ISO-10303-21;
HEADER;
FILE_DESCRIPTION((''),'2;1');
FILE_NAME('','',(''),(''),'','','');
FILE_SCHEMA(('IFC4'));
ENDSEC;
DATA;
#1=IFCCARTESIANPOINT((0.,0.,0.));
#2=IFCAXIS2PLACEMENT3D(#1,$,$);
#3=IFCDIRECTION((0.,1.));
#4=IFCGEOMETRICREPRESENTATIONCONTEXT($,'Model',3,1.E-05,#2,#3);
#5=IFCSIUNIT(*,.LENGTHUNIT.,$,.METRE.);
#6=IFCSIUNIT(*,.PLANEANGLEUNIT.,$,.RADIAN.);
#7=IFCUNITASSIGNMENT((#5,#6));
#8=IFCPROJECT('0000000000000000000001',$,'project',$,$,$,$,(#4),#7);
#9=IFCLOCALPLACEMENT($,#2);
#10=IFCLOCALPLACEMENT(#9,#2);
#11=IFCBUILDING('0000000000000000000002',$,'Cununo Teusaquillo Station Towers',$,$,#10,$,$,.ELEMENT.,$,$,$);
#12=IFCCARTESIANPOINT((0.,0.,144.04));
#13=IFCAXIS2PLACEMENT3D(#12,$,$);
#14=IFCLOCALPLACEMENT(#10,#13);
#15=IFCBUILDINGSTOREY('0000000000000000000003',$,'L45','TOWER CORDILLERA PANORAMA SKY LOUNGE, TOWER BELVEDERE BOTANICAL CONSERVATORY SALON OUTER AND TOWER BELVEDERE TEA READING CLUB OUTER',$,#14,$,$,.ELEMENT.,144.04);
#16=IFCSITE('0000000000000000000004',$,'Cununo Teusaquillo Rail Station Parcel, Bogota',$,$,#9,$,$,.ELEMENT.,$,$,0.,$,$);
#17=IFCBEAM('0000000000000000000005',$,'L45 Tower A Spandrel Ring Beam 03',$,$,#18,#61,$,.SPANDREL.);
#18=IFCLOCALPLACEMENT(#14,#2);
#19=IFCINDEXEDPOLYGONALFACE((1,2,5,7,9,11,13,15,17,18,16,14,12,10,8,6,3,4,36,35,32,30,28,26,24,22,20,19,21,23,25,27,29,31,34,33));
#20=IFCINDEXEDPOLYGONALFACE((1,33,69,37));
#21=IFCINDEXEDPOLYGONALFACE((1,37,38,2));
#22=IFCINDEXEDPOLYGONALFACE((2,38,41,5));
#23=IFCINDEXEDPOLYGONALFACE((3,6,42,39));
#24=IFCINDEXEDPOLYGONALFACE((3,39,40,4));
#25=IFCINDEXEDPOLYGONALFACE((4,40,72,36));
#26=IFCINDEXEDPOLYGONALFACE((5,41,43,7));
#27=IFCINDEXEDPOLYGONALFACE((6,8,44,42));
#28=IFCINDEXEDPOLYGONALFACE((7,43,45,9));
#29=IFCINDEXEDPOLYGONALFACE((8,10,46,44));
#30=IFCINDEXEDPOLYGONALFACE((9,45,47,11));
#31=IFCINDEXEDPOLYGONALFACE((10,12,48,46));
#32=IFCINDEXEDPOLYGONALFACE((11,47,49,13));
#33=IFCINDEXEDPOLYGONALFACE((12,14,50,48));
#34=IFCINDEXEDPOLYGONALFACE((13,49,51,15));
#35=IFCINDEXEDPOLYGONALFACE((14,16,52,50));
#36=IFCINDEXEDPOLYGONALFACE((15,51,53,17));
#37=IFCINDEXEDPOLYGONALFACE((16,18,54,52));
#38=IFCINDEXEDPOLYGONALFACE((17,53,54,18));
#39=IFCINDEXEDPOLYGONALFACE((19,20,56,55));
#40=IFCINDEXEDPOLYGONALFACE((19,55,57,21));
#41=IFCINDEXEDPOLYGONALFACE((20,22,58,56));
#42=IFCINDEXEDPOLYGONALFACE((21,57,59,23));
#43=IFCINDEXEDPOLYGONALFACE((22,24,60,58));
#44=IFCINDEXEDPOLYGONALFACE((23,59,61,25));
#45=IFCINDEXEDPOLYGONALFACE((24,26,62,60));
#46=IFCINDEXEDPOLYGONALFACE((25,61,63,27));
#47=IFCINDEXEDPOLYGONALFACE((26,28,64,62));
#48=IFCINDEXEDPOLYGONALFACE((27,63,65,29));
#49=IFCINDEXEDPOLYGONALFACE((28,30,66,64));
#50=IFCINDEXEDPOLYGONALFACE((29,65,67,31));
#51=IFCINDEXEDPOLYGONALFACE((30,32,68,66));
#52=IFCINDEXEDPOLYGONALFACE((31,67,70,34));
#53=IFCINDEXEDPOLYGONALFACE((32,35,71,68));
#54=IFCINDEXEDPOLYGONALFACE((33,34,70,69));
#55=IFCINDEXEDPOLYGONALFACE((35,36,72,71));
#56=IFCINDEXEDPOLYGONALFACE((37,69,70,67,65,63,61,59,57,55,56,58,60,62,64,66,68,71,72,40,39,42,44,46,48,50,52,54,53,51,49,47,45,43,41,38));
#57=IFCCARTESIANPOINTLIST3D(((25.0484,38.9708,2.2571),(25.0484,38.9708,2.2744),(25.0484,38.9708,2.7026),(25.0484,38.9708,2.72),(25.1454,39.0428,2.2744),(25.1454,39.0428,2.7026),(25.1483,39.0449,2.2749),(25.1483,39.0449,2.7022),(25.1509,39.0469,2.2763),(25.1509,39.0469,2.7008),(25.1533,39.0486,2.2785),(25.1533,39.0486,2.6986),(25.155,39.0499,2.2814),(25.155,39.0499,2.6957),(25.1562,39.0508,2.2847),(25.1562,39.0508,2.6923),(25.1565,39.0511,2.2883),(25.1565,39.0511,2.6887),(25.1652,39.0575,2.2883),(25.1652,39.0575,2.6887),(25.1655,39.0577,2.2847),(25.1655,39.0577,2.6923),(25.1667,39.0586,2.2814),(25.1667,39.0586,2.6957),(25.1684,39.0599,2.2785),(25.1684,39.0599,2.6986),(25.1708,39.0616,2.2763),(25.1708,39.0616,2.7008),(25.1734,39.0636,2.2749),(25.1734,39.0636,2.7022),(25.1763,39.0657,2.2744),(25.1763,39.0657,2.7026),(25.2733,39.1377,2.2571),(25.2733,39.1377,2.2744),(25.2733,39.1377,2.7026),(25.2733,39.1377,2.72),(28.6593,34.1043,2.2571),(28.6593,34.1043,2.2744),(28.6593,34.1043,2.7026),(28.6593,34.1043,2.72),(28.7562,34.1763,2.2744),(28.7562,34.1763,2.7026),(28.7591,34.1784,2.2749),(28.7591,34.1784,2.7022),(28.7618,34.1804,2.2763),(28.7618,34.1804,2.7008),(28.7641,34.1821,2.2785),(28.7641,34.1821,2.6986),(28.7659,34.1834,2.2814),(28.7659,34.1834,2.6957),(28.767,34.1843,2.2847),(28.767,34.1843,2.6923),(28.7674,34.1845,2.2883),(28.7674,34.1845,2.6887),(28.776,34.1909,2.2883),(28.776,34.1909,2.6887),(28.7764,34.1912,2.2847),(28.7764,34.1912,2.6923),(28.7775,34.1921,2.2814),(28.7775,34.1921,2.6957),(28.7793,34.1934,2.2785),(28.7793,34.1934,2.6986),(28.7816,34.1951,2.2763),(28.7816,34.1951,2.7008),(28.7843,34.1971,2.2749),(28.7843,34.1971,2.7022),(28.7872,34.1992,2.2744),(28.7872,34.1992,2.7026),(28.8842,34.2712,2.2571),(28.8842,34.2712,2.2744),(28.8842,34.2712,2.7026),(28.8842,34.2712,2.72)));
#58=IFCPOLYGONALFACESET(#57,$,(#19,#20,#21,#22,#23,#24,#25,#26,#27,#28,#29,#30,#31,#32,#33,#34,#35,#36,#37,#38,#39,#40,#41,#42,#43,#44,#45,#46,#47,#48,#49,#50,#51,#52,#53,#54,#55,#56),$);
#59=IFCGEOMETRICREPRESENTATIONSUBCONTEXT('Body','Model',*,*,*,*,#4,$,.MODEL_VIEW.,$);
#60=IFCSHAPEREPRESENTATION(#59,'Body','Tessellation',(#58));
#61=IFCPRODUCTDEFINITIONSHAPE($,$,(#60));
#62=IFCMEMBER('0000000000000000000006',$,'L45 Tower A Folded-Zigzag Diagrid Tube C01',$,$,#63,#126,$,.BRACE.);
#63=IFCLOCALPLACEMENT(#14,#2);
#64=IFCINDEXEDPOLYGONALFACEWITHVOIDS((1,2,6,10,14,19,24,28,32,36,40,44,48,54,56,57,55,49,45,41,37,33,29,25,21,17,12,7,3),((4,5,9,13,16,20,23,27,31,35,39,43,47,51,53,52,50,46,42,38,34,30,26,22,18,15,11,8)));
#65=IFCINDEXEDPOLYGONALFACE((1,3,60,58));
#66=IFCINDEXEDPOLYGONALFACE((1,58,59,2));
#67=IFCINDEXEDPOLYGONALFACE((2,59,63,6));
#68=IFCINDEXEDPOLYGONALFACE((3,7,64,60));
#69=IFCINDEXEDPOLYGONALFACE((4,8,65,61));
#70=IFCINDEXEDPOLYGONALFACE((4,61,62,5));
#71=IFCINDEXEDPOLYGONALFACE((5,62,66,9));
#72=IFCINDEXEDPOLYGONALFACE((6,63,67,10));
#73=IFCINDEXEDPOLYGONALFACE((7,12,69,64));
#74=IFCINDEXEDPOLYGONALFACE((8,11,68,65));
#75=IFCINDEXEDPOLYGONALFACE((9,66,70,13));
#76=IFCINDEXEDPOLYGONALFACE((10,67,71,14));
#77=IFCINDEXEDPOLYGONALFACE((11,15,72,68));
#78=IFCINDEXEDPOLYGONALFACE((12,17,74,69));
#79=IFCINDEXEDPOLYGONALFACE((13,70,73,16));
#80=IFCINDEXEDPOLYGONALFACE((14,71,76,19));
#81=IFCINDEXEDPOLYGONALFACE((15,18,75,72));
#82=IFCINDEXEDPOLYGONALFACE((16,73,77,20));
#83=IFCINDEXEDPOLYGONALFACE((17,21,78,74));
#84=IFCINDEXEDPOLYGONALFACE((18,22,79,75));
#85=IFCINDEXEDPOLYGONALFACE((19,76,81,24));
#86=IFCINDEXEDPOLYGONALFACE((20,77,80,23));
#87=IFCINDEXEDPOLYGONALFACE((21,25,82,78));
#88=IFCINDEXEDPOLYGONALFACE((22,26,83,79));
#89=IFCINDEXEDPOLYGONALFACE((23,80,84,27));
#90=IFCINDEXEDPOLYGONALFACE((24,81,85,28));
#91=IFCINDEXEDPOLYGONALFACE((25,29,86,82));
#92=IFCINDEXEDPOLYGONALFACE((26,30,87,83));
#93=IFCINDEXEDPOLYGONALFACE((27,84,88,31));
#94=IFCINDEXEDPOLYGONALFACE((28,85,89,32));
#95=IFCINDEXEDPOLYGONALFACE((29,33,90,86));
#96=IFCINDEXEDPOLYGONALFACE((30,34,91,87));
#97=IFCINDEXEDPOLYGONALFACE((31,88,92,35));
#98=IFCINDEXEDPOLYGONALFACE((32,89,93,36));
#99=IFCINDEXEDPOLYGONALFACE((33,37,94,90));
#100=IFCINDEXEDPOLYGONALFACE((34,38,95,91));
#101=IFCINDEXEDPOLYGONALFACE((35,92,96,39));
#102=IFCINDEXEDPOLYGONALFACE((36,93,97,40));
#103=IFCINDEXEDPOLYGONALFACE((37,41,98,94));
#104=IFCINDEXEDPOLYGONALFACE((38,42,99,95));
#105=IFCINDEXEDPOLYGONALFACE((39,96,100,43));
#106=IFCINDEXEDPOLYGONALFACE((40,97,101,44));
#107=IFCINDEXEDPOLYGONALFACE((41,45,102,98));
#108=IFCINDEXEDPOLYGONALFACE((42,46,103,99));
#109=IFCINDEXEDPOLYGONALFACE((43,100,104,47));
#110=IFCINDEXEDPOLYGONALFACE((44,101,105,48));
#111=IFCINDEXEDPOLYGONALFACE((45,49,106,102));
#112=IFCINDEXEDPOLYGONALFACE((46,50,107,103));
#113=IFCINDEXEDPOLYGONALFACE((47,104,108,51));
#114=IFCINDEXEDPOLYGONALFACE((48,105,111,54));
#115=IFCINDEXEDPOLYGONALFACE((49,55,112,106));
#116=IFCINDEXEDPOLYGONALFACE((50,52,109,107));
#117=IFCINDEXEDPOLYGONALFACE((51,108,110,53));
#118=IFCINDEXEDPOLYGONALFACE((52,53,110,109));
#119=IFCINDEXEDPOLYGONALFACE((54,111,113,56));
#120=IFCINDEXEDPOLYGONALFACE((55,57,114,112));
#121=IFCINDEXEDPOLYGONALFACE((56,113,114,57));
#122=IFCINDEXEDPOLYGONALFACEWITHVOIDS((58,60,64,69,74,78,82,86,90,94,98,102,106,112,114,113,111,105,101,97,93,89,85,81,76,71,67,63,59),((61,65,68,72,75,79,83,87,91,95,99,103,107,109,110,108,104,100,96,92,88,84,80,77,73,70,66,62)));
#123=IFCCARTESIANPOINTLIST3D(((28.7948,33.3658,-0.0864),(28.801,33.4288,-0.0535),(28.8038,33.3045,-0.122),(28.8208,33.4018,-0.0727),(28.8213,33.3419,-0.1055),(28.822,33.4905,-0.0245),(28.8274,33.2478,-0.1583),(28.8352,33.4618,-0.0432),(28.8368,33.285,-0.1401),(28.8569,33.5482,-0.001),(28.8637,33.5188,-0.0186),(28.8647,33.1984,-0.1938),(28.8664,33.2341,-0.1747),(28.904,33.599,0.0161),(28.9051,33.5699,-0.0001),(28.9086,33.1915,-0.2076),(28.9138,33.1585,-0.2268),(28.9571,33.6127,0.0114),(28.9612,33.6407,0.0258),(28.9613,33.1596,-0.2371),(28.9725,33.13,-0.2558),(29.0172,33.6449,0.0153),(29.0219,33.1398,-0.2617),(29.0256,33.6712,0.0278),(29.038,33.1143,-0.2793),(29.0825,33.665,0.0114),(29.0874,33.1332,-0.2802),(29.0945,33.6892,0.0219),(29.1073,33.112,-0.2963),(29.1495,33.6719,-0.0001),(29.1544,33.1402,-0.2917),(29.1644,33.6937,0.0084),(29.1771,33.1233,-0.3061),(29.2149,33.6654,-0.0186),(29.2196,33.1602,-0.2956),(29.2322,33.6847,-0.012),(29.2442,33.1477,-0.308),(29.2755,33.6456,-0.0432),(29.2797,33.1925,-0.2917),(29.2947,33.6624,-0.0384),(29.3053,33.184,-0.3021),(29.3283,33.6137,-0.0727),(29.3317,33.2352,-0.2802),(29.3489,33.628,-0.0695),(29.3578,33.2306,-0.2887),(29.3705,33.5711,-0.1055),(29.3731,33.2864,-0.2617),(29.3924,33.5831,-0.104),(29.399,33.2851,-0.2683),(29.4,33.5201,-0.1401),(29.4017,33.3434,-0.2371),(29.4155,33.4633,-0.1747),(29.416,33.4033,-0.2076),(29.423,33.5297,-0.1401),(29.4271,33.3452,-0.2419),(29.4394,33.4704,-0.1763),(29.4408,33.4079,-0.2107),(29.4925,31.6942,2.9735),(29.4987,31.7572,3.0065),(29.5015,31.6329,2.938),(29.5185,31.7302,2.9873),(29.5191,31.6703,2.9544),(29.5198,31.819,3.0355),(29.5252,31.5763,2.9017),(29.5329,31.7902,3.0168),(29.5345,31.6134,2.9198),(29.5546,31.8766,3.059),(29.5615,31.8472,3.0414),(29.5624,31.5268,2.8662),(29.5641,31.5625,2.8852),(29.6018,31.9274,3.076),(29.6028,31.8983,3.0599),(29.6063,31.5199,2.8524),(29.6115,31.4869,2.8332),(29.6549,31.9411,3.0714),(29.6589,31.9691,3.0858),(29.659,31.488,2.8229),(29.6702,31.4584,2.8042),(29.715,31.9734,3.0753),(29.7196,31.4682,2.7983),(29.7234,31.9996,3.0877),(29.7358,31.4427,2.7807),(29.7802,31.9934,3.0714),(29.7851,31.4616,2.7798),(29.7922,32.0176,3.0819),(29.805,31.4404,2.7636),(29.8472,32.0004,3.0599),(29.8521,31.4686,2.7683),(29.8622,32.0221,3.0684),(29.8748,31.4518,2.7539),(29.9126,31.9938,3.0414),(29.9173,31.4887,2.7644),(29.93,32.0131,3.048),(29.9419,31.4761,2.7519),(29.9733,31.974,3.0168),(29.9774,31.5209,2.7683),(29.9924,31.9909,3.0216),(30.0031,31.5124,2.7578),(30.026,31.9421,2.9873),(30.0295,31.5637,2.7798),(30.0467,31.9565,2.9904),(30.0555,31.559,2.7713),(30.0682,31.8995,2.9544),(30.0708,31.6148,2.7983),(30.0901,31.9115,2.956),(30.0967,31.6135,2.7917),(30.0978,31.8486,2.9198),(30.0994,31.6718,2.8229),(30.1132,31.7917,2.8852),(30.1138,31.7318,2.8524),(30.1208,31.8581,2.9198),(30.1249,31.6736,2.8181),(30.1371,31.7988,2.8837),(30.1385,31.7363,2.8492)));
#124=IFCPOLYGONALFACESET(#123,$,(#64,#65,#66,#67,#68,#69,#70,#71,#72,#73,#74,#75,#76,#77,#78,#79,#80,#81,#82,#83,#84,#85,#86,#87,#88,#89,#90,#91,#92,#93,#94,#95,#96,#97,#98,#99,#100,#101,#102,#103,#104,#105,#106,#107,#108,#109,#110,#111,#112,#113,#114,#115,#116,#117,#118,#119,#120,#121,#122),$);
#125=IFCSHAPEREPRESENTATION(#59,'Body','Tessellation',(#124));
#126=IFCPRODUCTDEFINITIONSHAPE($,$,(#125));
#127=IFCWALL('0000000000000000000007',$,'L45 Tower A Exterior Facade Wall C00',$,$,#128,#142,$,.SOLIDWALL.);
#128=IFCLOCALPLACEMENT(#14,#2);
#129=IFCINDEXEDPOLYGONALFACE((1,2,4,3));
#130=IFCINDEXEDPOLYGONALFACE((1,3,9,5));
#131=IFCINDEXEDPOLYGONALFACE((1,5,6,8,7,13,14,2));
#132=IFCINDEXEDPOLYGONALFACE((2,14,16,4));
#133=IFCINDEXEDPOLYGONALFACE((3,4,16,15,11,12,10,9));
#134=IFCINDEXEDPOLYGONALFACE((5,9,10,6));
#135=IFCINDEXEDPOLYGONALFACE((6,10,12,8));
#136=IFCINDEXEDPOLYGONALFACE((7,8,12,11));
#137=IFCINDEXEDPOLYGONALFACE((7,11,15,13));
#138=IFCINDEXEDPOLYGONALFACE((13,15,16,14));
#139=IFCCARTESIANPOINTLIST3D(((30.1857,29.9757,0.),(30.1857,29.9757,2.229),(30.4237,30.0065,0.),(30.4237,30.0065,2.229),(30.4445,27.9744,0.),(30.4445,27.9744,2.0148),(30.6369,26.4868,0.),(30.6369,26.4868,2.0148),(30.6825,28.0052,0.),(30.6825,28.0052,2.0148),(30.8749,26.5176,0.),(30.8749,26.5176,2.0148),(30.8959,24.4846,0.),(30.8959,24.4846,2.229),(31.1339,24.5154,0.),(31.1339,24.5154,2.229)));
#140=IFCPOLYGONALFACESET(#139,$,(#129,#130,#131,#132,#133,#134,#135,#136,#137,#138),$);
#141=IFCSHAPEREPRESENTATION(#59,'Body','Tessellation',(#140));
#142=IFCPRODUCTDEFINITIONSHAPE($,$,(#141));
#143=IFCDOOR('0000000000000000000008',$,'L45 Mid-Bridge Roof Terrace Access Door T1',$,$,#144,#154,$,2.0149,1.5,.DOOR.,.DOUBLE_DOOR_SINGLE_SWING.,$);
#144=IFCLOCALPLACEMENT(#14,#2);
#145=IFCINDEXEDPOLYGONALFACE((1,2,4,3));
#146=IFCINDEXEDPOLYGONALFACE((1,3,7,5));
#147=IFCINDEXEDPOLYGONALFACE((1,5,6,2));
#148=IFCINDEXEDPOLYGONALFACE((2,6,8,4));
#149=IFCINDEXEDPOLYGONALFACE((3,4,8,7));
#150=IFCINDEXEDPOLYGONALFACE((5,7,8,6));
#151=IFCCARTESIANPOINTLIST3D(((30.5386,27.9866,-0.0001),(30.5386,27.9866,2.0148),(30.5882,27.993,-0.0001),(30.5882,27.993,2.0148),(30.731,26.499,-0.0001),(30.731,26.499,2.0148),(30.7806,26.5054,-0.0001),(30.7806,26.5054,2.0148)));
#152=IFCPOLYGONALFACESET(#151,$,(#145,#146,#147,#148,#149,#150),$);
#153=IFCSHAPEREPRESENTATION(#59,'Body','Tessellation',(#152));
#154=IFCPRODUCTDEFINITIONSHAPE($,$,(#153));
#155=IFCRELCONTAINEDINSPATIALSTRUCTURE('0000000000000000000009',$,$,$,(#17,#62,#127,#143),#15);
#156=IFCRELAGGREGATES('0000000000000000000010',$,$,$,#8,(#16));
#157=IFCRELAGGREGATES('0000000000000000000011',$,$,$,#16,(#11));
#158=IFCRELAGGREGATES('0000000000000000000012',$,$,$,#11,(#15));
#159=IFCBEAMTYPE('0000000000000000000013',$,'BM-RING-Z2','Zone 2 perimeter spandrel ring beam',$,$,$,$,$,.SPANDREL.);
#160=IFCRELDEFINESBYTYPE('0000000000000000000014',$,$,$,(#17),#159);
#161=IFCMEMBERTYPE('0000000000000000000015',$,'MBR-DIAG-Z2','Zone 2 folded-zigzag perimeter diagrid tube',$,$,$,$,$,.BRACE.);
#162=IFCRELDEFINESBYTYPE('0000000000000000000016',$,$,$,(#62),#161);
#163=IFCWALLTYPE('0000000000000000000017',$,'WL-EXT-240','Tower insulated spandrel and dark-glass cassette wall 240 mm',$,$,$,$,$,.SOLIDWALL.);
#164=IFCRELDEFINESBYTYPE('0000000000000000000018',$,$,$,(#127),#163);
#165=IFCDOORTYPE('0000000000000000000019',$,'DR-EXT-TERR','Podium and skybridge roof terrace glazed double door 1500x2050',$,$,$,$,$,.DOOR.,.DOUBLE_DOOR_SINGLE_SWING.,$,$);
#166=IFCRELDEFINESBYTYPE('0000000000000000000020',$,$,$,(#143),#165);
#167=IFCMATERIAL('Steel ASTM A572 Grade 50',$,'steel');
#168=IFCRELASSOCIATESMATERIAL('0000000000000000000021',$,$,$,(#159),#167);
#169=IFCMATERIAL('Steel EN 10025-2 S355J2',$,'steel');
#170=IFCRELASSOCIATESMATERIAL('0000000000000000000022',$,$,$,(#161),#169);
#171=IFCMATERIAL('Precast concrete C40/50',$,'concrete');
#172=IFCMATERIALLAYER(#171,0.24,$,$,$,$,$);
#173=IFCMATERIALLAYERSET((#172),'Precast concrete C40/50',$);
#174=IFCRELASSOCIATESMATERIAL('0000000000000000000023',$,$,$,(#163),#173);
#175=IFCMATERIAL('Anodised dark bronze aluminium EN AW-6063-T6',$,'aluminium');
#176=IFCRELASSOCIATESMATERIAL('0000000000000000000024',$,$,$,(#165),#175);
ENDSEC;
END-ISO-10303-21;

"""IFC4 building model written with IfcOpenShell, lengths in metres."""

from ifc_helpers import new_model, si_unit, direction, frame, frame_2d, origin, origin_2d, place, context, subcontext, project, spatial, rectangle, hollow_circle, i_section, extrude, source, transform, mapped, material, layer, layer_set, material_profile, profile_set, type_object, element, fill, save


model = new_model("IFC4")

# Units and contexts
model_context = context("Model", 3, precision=1e-05, world=origin(), true_north=direction((0.0, 1.0)))
body_context = subcontext(model_context, "Body", "Model", "MODEL_VIEW")
ifc_project = project(units=[si_unit("LENGTHUNIT", "METRE"), si_unit("PLANEANGLEUNIT", "RADIAN")], contexts=[model_context])

# Site, building, storey
site_placement = place(None, origin())
site = spatial("IfcSite", under=ifc_project, at=site_placement, Name="Cununo Teusaquillo Rail Station Parcel, Bogota", CompositionType="ELEMENT", RefElevation=0.0)
building_placement = place(site_placement, origin())
building = spatial("IfcBuilding", under=site, at=building_placement, Name="Cununo Teusaquillo Station Towers", CompositionType="ELEMENT")
storey_placement = place(building_placement, frame((0.0, 0.0, 144.04)))
storey = spatial("IfcBuildingStorey", under=building, at=storey_placement, Name="L45", Description="TOWER CORDILLERA PANORAMA SKY LOUNGE, TOWER BELVEDERE BOTANICAL CONSERVATORY SALON OUTER AND TOWER BELVEDERE TEA READING CLUB OUTER", CompositionType="ELEMENT", Elevation=144.04)

# Beam
ifc_material_1 = material(Name="Steel ASTM A572 Grade 50", Category="steel")
ifc_material_profile_1 = material_profile(ifc_material_1, i_section(OverallWidth=0.28, OverallDepth=0.4629, WebThickness=0.0107, FlangeThickness=0.0173, FilletRadius=0.0139, at=origin_2d()), Name="W18X76")
ifc_profile_set_1 = profile_set([ifc_material_profile_1], Name="Steel ASTM A572 Grade 50")
beam_type_1 = type_object("IfcBeamType", Name="BM-RING-Z2", Description="Zone 2 perimeter spandrel ring beam", PredefinedType="SPANDREL", material=ifc_profile_set_1)
beam_1_placement = place(storey_placement, frame((28.7717, 34.1877, 2.4885), z_axis=(-0.595873, 0.803079, 0.0), x_axis=(-0.803079, -0.595873, 0.0)))
element("IfcBeam", 1, at=beam_1_placement, inside=storey, type_object=beam_type_1, Name="L45 Tower A Spandrel Ring Beam 03", PredefinedType="SPANDREL", context=body_context, shape_type="SweptSolid", body=[
    extrude(i_section(OverallWidth=0.28, OverallDepth=0.4629, WebThickness=0.0107, FlangeThickness=0.0173, FilletRadius=0.0139, at=origin_2d()), origin(), (0.0, 0.0, 1.0), 6.0598),
])

# Member
ifc_material_2 = material(Name="Steel EN 10025-2 S355J2", Category="steel")
ifc_material_profile_2 = material_profile(ifc_material_2, hollow_circle(Radius=0.3301, WallThickness=0.0249, at=origin_2d()), Name="CHS 660x25")
ifc_profile_set_2 = profile_set([ifc_material_profile_2], Name="Steel EN 10025-2 S355J2")
member_type = type_object("IfcMemberType", Name="MBR-DIAG-Z2", Description="Zone 2 folded-zigzag perimeter diagrid tube", PredefinedType="BRACE", material=ifc_profile_set_2)
member_placement = place(storey_placement, frame((29.1184, 33.4026, -0.1401), z_axis=(0.196219, -0.470087, 0.860533), x_axis=(0.922833, 0.385199, 0.0)))
element("IfcMember", 2, at=member_placement, inside=storey, type_object=member_type, Name="L45 Tower A Folded-Zigzag Diagrid Tube C01", PredefinedType="BRACE", context=body_context, shape_type="SweptSolid", body=[
    extrude(hollow_circle(Radius=0.3301, WallThickness=0.0249, at=origin_2d()), origin(), (0.0, 0.0, 1.0), 3.5559),
])

# Wall, opening, door
ifc_material_3 = material(Name="Precast concrete C40/50", Category="concrete")
ifc_layer_1 = layer(ifc_material_3, 0.24)
ifc_layer_set_1 = layer_set([ifc_layer_1], Name="Precast concrete C40/50")
wall_type_1 = type_object("IfcWallType", Name="WL-EXT-240", Description="Tower insulated spandrel and dark-glass cassette wall 240 mm", PredefinedType="SOLIDWALL", material=ifc_layer_set_1)
wall_1_placement = place(storey_placement, frame((30.3047, 29.9912, 0.0), z_axis=(0.0, 0.0, 1.0), x_axis=(0.128267, -0.99174, 0.0)))
wall_1 = element("IfcWall", 3, at=wall_1_placement, inside=storey, type_object=wall_type_1, Name="L45 Tower A Exterior Facade Wall C00", PredefinedType="SOLIDWALL", context=body_context, shape_type="SweptSolid", body=[
    extrude(rectangle(XDim=5.5369, YDim=0.24, at=frame_2d((2.7686, 0.0))), origin(), (0.0, 0.0, 1.0), 2.229),
])
shared_shape_1 = source(origin(), body_context, "Body", "SweptSolid", [
    extrude(rectangle(XDim=1.5, YDim=2.0149, at=frame_2d((0.75, 1.0073))), frame((0.0, 0.1299, 0.0), z_axis=(0.0, -1.0, 0.0), x_axis=(1.0, 0.0, 0.0)), (0.0, 0.0, 1.0), 0.26),
])
opening_1_placement = place(wall_1_placement, frame((2.0181, 0.0, 0.0)))
opening_1 = element("IfcOpeningElement", 4, at=opening_1_placement, cuts=wall_1, PredefinedType="OPENING", context=body_context, shape_type="MappedRepresentation", body=[
    mapped(shared_shape_1, transform((0.0, 0.0, 0.0), x_axis=(1.0, 0.0, 0.0), y_axis=(0.0, 1.0, 0.0), z_axis=(0.0, 0.0, 1.0), scale=1.0)),
])
ifc_material_4 = material(Name="Anodised dark bronze aluminium EN AW-6063-T6", Category="aluminium")
door_type_1 = type_object("IfcDoorType", Name="DR-EXT-TERR", Description="Podium and skybridge roof terrace glazed double door 1500x2050", OperationType="DOUBLE_DOOR_SINGLE_SWING", PredefinedType="DOOR", material=ifc_material_4)
shared_shape_2 = source(origin(), body_context, "Body", "SweptSolid", [
    extrude(rectangle(XDim=1.5, YDim=2.0149, at=frame_2d((0.75, 1.0073))), frame((0.0, 0.0249, 0.0), z_axis=(0.0, -1.0, 0.0), x_axis=(1.0, 0.0, 0.0)), (0.0, 0.0, 1.0), 0.05),
])
door_1_placement = place(opening_1_placement, origin())
door_1 = element("IfcDoor", 5, at=door_1_placement, inside=storey, type_object=door_type_1, Name="L45 Mid-Bridge Roof Terrace Access Door T1", OperationType="DOUBLE_DOOR_SINGLE_SWING", OverallHeight=2.0149, OverallWidth=1.5, PredefinedType="DOOR", context=body_context, shape_type="MappedRepresentation", body=[
    mapped(shared_shape_2, transform((0.0, 0.0, 0.0), x_axis=(1.0, 0.0, 0.0), y_axis=(0.0, 1.0, 0.0), z_axis=(0.0, 0.0, 1.0), scale=1.0)),
])
fill(opening_1, door_1)

save(model, "model.ifc")
